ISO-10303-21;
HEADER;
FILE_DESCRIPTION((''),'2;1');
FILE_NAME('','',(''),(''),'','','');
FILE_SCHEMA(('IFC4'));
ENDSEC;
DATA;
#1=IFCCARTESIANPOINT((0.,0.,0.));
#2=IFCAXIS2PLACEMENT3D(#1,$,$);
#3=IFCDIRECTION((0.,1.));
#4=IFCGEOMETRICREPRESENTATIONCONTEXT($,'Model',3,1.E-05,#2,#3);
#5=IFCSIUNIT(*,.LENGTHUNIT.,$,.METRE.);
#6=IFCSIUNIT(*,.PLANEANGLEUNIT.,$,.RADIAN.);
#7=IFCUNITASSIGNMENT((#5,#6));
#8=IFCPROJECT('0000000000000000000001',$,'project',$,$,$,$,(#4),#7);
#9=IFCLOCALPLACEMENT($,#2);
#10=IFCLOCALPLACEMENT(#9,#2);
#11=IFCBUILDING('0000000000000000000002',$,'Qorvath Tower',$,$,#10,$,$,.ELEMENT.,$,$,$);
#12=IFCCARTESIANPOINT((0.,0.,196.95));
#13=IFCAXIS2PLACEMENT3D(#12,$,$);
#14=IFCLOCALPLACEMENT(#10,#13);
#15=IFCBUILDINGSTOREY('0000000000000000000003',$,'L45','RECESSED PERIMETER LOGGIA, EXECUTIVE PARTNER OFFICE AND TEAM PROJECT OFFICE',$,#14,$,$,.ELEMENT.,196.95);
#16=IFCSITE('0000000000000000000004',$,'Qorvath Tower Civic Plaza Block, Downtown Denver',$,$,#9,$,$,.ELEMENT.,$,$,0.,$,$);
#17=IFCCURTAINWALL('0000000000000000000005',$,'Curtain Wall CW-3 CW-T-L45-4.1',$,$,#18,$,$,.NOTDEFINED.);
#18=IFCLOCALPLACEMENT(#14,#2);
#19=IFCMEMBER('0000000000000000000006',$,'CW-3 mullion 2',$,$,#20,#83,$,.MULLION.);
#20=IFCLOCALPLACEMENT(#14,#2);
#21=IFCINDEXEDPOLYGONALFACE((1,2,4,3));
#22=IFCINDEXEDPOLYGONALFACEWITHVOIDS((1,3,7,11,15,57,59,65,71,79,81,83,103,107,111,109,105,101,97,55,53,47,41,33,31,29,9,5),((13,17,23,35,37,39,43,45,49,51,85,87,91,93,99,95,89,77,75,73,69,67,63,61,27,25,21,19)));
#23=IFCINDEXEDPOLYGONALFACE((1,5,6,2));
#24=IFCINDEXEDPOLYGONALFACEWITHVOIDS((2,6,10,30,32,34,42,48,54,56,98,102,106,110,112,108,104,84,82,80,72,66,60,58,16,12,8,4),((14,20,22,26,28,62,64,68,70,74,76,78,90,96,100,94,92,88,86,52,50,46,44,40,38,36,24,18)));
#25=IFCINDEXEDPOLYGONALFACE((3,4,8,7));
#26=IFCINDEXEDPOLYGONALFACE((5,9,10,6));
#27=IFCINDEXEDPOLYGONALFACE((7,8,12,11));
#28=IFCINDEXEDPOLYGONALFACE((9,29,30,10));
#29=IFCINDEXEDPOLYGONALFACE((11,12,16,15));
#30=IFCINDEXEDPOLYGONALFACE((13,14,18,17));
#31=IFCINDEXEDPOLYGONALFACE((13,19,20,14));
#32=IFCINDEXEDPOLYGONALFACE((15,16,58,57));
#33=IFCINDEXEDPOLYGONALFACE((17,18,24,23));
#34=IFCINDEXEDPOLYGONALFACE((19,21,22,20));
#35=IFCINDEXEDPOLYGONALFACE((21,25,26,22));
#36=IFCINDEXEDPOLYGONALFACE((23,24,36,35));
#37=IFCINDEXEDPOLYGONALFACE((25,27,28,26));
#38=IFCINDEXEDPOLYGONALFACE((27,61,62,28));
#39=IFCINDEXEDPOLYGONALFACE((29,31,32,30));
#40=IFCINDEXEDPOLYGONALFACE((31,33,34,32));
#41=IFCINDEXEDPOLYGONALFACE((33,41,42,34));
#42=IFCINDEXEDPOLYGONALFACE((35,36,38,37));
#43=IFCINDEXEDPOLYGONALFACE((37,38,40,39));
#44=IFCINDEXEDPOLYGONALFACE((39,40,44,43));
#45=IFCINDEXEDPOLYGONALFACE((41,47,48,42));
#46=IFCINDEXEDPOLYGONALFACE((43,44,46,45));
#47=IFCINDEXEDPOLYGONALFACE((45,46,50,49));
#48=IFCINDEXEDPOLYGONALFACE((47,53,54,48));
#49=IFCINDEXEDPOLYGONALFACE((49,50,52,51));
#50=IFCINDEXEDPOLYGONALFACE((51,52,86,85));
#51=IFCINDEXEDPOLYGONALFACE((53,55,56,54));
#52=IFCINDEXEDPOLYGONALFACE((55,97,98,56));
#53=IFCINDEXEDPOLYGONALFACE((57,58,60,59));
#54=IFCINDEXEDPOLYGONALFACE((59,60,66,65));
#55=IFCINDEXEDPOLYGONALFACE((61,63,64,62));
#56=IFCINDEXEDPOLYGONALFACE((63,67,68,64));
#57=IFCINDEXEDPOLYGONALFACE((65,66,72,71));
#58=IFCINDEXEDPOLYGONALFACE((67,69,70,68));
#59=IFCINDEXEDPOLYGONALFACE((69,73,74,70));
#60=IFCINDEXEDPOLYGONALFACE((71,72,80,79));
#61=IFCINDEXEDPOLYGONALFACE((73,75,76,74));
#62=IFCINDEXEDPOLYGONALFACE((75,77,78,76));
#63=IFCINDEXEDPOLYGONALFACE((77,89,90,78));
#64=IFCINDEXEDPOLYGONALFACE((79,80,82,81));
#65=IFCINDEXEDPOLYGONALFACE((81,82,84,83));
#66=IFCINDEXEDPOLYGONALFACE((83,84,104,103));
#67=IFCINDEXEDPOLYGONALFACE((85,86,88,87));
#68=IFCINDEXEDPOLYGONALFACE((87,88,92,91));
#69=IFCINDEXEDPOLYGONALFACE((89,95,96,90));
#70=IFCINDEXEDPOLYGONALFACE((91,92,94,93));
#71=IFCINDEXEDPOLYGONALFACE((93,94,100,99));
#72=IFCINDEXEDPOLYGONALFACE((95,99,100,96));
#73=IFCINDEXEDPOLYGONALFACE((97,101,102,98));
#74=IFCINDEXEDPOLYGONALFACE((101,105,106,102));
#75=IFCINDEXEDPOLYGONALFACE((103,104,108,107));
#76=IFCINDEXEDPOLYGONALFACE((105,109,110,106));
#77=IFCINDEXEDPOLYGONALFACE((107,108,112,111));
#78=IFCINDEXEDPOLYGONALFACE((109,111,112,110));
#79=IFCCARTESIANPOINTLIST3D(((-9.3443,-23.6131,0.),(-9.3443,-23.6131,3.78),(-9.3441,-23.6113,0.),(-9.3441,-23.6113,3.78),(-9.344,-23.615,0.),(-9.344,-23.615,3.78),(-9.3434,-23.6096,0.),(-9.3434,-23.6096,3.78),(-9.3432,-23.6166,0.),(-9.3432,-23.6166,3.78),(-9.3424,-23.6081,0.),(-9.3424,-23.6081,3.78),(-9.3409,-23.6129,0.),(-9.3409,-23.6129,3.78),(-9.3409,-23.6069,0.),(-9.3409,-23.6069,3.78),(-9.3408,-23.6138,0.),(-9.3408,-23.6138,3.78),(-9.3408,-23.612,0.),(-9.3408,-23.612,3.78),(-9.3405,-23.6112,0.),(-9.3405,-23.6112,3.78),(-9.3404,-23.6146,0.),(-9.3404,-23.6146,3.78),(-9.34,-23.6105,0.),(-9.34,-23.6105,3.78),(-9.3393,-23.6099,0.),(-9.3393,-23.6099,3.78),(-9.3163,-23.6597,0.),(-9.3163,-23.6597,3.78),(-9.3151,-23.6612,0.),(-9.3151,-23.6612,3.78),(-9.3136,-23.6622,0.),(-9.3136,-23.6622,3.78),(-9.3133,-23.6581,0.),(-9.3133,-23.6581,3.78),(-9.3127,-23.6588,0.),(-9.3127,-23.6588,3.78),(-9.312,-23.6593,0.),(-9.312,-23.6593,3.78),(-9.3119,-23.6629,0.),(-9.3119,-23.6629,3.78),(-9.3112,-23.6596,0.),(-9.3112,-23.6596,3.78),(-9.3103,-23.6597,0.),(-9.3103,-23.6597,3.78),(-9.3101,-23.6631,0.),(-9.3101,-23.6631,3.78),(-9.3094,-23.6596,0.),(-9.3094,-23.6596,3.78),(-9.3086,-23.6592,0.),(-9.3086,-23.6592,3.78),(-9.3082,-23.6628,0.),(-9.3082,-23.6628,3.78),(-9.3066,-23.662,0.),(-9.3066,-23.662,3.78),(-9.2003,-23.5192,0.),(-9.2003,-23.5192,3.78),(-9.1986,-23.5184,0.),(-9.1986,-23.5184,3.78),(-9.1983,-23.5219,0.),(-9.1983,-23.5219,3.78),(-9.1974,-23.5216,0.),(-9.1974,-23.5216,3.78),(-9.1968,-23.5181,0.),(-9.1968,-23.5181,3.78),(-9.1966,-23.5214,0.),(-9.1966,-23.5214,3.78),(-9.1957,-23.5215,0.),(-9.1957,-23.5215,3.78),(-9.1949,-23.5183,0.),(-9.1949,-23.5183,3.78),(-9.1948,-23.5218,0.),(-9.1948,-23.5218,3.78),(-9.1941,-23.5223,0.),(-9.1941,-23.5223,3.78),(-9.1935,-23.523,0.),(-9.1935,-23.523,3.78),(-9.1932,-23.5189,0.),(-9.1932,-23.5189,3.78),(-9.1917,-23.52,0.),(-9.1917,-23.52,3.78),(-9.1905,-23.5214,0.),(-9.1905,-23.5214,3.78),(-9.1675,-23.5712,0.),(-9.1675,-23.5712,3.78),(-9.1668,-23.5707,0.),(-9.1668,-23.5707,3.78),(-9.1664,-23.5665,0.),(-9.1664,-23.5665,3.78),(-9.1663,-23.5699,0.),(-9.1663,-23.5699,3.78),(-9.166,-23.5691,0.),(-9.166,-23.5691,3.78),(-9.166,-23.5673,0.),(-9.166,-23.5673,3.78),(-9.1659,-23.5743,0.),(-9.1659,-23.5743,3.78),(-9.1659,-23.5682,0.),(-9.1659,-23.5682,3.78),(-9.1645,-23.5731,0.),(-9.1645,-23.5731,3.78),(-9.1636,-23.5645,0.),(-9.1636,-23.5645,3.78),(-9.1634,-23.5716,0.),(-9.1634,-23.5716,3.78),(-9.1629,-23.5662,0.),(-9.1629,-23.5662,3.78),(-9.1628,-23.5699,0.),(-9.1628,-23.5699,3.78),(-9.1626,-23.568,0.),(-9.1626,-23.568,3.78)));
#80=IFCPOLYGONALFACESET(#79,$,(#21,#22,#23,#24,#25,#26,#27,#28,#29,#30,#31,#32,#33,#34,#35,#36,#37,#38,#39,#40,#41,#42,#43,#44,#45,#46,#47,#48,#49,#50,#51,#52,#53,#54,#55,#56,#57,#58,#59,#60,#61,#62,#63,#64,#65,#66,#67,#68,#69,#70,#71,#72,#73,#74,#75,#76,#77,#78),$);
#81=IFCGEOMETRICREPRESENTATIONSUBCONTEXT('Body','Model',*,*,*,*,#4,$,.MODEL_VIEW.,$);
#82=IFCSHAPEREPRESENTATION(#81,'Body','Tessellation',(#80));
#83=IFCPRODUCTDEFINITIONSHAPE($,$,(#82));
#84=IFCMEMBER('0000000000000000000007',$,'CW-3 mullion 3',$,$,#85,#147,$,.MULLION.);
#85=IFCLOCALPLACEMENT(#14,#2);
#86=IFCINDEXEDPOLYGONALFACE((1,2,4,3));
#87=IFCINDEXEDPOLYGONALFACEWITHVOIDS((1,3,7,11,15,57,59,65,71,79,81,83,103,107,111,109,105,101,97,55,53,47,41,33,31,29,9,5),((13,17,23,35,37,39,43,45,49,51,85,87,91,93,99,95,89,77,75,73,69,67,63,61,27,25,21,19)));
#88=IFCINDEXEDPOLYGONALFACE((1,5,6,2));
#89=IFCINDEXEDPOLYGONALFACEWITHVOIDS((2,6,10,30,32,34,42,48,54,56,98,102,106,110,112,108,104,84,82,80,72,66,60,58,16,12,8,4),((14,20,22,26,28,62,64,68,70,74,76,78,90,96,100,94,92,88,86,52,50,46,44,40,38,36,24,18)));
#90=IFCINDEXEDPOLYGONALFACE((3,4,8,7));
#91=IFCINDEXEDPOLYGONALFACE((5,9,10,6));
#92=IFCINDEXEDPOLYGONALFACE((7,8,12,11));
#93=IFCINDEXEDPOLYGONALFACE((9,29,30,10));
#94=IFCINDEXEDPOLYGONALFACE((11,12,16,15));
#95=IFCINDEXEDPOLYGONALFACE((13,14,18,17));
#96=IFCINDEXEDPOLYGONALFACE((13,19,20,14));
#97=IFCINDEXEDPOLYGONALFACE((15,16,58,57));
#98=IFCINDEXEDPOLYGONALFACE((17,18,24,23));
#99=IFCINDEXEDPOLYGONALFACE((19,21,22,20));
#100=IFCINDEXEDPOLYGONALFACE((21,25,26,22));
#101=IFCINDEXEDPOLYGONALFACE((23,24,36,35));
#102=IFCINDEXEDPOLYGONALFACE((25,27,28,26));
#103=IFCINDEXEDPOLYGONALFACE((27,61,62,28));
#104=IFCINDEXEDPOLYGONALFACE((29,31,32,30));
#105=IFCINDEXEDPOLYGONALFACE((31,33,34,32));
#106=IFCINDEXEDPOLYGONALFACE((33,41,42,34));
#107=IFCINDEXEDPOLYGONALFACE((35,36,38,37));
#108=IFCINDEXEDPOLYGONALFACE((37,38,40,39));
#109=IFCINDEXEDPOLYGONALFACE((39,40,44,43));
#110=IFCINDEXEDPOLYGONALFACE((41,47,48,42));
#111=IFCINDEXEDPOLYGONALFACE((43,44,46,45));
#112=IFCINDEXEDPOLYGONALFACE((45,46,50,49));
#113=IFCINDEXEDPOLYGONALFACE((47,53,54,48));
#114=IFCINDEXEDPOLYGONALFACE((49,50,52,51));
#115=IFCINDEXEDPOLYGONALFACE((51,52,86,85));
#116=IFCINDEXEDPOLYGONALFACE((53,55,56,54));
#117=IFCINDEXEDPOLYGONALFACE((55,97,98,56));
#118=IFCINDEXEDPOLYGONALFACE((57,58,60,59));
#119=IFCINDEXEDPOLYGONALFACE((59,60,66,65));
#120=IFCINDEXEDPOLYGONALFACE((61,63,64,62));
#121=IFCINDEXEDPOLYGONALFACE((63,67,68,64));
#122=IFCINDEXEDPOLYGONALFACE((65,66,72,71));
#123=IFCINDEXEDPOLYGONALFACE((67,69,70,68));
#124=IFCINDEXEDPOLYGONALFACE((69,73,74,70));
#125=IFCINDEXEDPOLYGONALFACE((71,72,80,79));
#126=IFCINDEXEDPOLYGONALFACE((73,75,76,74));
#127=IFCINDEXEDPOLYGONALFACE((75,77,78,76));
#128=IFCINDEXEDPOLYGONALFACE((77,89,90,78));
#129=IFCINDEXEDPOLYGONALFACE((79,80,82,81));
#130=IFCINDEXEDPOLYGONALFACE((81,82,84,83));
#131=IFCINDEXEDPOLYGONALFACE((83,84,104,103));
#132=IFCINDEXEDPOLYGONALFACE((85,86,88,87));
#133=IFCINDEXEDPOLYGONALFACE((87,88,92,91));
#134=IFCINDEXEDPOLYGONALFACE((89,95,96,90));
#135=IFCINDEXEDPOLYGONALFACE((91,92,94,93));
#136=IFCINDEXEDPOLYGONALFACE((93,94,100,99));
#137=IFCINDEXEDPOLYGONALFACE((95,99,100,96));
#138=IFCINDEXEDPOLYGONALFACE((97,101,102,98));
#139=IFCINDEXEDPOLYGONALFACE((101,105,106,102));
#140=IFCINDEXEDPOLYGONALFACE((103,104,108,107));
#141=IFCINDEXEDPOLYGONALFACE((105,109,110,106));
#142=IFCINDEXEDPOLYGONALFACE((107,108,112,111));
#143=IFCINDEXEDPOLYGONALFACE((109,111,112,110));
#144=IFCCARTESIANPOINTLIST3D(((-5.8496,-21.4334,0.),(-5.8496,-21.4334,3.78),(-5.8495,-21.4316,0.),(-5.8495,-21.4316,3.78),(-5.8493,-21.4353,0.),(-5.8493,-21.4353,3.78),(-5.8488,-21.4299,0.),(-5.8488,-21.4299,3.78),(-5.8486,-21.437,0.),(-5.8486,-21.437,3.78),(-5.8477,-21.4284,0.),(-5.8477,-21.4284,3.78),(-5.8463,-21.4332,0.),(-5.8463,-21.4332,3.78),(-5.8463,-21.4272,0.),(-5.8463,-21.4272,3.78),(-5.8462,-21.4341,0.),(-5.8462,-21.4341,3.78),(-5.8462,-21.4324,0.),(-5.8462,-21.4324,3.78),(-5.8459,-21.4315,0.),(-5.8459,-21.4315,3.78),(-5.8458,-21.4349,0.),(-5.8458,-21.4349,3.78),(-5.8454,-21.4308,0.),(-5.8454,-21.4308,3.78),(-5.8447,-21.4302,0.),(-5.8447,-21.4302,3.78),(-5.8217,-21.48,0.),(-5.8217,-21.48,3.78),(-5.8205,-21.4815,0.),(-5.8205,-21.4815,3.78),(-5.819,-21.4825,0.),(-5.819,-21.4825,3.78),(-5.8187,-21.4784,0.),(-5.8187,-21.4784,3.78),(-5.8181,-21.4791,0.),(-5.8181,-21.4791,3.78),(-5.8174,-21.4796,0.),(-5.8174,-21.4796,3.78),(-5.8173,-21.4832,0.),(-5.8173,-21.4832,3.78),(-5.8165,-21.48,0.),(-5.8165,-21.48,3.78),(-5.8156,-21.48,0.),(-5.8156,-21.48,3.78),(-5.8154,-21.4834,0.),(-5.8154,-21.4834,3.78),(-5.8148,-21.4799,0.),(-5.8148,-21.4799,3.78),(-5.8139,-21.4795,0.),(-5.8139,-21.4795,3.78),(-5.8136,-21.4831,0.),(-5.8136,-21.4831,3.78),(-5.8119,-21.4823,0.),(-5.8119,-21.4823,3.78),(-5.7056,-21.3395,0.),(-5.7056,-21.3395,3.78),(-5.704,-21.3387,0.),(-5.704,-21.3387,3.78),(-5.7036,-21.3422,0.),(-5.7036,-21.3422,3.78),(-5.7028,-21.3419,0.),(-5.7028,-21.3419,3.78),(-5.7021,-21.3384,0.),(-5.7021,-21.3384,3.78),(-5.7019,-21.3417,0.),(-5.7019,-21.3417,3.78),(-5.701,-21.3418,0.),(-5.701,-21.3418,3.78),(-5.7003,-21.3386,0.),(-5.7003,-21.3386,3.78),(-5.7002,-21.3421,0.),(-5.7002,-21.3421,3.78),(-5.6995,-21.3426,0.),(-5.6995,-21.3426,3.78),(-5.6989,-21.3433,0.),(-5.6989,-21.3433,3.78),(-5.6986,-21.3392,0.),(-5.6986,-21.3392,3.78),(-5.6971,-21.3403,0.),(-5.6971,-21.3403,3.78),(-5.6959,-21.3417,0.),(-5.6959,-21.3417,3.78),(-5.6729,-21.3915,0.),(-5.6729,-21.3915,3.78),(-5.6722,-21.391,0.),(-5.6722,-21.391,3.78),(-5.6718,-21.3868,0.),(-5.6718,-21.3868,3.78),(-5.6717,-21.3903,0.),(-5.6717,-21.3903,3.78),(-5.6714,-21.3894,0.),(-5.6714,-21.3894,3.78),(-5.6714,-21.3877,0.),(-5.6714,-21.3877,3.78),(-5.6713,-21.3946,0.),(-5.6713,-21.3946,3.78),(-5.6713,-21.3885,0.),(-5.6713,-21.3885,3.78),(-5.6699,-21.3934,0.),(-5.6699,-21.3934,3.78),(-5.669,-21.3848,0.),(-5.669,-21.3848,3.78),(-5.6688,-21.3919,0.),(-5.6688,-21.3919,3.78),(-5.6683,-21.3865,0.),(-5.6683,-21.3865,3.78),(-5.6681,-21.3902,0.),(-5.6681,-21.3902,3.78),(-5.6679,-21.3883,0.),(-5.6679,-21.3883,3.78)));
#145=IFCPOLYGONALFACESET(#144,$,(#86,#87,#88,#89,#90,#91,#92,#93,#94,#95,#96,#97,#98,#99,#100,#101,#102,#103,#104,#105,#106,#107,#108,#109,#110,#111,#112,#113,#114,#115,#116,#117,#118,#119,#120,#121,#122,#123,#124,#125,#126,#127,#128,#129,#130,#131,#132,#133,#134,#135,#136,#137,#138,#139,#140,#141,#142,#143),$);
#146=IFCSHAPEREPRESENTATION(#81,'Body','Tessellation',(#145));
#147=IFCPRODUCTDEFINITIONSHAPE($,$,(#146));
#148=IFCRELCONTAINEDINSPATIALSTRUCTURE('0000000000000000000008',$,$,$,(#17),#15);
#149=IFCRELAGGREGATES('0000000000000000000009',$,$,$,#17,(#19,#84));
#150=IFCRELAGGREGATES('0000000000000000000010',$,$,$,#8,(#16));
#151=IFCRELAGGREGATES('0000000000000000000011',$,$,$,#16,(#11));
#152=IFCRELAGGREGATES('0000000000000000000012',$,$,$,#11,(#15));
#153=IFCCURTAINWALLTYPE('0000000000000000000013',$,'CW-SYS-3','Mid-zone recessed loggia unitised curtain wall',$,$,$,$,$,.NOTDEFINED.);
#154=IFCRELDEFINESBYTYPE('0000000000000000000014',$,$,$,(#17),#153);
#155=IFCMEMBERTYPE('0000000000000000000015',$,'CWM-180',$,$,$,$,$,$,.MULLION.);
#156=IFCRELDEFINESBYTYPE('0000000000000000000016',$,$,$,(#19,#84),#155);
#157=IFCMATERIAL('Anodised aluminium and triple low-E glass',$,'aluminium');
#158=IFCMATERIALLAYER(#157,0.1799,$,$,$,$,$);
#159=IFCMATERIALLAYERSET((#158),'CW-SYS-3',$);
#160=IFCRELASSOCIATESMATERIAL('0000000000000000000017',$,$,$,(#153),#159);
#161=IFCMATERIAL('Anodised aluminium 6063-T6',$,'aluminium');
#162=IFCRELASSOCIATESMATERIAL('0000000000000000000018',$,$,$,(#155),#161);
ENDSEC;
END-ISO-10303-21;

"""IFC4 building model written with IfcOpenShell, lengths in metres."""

from ifc_helpers import new_model, si_unit, direction, frame, origin, origin_2d, place, context, subcontext, project, spatial, hollow_rectangle, extrude, material, layer, layer_set, material_profile, profile_set, type_object, element, aggregate, save


model = new_model("IFC4")

# Units and contexts
model_context = context("Model", 3, precision=1e-05, world=origin(), true_north=direction((0.0, 1.0)))
body_context = subcontext(model_context, "Body", "Model", "MODEL_VIEW")
ifc_project = project(units=[si_unit("LENGTHUNIT", "METRE"), si_unit("PLANEANGLEUNIT", "RADIAN")], contexts=[model_context])

# Site, building, storey
site_placement = place(None, origin())
site = spatial("IfcSite", under=ifc_project, at=site_placement, Name="Qorvath Tower Civic Plaza Block, Downtown Denver", CompositionType="ELEMENT", RefElevation=0.0)
building_placement = place(site_placement, origin())
building = spatial("IfcBuilding", under=site, at=building_placement, Name="Qorvath Tower", CompositionType="ELEMENT")
storey_placement = place(building_placement, frame((0.0, 0.0, 196.95)))
storey = spatial("IfcBuildingStorey", under=building, at=storey_placement, Name="L45", Description="RECESSED PERIMETER LOGGIA, EXECUTIVE PARTNER OFFICE AND TEAM PROJECT OFFICE", CompositionType="ELEMENT", Elevation=196.95)

# Shared definitions
ifc_material_1 = material(Name="Anodised aluminium and triple low-E glass", Category="aluminium")
ifc_layer_1 = layer(ifc_material_1, 0.1799)
ifc_layer_set_1 = layer_set([ifc_layer_1], Name="CW-SYS-3")
curtain_wall_type = type_object("IfcCurtainWallType", Name="CW-SYS-3", Description="Mid-zone recessed loggia unitised curtain wall", PredefinedType="NOTDEFINED", material=ifc_layer_set_1)
ifc_material_2 = material(Name="Anodised aluminium 6063-T6", Category="aluminium")
ifc_material_profile_1 = material_profile(ifc_material_2, hollow_rectangle(XDim=0.0649, YDim=0.1799, WallThickness=0.0034, InnerFilletRadius=0.0034, OuterFilletRadius=0.0071, at=origin_2d()), Name="CWM 180x65")
ifc_profile_set_1 = profile_set([ifc_material_profile_1], Name="Anodised aluminium 6063-T6")
member_type_1 = type_object("IfcMemberType", Name="CWM-180", PredefinedType="MULLION", material=ifc_profile_set_1)

# Curtain wall, members
curtain_wall_1_placement = place(storey_placement, origin())
curtain_wall_1 = element("IfcCurtainWall", 1, at=curtain_wall_1_placement, inside=storey, type_object=curtain_wall_type, Name="Curtain Wall CW-3 CW-T-L45-4.1", PredefinedType="NOTDEFINED")
member_1_placement = place(storey_placement, frame((-9.2534, -23.5906, 0.0), z_axis=(0.0, 0.0, 1.0), x_axis=(-0.529206, 0.848493, 0.0)))
member_1 = element("IfcMember", 2, at=member_1_placement, type_object=member_type_1, Name="CW-3 mullion 2", PredefinedType="MULLION", context=body_context, shape_type="SweptSolid", body=[
    extrude(hollow_rectangle(XDim=0.0649, YDim=0.1799, WallThickness=0.0034, InnerFilletRadius=0.0034, OuterFilletRadius=0.0071, at=origin_2d()), origin(), (0.0, 0.0, 1.0), 3.78),
])
member_2_placement = place(storey_placement, frame((-5.7588, -21.4109, 0.0), z_axis=(0.0, 0.0, 1.0), x_axis=(-0.529206, 0.848493, 0.0)))
member_2 = element("IfcMember", 3, at=member_2_placement, type_object=member_type_1, Name="CW-3 mullion 3", PredefinedType="MULLION", context=body_context, shape_type="SweptSolid", body=[
    extrude(hollow_rectangle(XDim=0.0649, YDim=0.1799, WallThickness=0.0034, InnerFilletRadius=0.0034, OuterFilletRadius=0.0071, at=origin_2d()), origin(), (0.0, 0.0, 1.0), 3.78),
])

aggregate(curtain_wall_1, [member_1, member_2])

save(model, "model.ifc")
